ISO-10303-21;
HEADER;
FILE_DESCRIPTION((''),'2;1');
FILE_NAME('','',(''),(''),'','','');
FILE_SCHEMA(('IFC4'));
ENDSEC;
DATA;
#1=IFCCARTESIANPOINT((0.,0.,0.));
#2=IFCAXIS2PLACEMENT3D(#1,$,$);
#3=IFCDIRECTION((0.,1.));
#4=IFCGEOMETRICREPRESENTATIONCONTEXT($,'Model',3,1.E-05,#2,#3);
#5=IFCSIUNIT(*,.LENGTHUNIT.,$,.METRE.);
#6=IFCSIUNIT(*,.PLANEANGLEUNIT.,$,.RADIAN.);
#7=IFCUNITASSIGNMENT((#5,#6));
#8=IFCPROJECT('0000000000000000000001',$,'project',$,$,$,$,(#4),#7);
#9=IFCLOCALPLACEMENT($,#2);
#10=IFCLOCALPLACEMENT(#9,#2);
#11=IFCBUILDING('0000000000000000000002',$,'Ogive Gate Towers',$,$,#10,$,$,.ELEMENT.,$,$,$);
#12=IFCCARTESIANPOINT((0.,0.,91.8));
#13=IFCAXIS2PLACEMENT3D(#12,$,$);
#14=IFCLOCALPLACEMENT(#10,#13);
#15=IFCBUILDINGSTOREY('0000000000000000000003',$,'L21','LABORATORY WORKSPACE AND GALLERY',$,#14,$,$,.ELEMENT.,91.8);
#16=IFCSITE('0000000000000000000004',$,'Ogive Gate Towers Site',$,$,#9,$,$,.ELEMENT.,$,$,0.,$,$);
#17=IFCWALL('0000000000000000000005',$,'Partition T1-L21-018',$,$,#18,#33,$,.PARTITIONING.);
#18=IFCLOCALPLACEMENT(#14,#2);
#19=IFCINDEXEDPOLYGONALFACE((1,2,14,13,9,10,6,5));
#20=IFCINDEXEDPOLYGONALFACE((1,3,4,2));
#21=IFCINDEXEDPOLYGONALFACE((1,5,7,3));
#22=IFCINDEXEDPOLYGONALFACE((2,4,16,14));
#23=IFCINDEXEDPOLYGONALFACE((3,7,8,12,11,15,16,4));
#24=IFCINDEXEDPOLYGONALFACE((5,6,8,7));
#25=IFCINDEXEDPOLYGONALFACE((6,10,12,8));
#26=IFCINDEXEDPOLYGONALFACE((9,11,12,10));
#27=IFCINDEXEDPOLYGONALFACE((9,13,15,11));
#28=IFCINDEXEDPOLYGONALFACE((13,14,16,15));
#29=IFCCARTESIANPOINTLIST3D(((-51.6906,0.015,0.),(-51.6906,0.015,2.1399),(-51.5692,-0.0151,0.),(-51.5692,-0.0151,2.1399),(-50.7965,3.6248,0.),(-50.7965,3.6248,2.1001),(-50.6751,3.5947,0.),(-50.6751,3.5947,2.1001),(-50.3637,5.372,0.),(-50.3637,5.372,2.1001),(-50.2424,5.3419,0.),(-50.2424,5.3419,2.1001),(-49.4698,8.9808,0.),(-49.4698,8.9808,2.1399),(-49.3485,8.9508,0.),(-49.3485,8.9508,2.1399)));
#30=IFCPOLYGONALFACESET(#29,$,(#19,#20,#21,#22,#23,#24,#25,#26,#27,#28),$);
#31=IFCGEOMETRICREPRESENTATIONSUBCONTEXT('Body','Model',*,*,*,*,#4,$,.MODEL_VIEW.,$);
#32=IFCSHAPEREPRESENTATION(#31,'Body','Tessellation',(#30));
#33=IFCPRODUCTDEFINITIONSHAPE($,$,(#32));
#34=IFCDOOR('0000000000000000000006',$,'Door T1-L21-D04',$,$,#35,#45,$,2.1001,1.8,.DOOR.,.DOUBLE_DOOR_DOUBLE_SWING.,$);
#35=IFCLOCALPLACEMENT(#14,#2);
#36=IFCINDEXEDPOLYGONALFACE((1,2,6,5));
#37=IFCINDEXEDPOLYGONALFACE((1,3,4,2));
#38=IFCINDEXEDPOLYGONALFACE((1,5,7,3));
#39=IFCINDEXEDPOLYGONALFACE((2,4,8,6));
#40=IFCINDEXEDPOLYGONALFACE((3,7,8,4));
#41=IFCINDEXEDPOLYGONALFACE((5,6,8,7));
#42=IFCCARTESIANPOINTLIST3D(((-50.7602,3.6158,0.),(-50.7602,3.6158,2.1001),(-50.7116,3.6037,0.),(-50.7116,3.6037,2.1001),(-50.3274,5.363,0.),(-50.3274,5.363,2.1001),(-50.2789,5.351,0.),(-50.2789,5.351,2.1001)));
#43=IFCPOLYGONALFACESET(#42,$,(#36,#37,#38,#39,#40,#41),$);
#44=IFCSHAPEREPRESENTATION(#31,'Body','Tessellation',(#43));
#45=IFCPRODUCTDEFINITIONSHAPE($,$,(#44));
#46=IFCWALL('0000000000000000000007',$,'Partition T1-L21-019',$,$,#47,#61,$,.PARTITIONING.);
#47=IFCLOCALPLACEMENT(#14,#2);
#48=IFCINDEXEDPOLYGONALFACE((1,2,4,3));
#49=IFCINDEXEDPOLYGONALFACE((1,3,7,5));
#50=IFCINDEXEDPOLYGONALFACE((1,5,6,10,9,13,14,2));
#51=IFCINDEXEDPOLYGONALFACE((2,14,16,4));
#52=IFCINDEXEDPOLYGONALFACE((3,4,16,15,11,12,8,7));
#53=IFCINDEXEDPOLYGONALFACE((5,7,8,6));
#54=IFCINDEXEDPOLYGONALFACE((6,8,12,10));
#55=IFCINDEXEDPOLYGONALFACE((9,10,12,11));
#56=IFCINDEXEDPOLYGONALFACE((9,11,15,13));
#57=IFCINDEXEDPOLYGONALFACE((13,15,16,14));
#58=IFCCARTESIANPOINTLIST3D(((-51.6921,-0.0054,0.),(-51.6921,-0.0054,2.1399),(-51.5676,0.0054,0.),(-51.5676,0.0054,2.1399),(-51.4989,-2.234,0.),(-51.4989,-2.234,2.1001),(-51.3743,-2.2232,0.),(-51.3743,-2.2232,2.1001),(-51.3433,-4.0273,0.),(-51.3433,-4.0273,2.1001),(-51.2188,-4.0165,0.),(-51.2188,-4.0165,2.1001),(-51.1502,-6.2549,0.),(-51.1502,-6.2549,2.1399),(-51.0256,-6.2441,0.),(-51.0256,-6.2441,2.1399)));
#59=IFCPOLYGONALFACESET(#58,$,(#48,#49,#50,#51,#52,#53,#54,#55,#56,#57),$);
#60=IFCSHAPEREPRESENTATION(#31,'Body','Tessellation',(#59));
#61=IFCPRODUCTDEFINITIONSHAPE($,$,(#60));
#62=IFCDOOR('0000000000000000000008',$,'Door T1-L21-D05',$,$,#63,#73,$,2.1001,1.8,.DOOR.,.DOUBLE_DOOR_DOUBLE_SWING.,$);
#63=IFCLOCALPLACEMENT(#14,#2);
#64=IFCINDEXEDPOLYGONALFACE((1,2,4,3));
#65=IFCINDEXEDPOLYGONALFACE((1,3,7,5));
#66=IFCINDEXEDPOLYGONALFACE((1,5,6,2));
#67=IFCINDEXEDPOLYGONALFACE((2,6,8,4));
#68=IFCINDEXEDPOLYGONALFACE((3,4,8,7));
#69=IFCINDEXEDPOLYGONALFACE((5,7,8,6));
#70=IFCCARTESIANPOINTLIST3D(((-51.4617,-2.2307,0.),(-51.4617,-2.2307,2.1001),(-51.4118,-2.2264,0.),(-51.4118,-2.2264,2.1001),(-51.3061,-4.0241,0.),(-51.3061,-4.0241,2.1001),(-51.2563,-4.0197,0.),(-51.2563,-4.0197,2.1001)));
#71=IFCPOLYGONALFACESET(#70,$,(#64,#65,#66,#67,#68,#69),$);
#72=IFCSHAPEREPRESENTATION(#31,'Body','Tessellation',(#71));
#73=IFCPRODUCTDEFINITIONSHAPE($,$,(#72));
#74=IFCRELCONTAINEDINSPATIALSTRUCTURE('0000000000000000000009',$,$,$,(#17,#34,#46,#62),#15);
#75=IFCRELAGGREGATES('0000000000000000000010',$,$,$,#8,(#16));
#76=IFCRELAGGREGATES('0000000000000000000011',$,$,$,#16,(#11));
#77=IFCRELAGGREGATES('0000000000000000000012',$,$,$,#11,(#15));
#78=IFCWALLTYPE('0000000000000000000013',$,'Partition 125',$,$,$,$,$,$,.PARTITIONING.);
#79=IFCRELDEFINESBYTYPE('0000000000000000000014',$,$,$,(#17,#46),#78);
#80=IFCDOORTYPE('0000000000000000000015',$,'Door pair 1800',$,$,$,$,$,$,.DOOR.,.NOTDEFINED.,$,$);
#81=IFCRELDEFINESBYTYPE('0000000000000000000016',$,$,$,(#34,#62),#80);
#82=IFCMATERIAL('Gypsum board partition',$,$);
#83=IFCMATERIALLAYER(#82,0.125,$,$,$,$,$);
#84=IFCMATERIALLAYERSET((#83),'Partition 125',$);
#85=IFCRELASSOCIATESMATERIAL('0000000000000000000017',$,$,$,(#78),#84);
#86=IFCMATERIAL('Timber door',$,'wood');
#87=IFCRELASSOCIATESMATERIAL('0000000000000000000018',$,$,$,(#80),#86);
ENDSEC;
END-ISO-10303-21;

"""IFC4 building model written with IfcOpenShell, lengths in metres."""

from ifc_helpers import new_model, si_unit, direction, frame, frame_2d, origin, place, context, subcontext, project, spatial, rectangle, extrude, material, layer, layer_set, type_object, element, fill, save


model = new_model("IFC4")

# Units and contexts
model_context = context("Model", 3, precision=1e-05, world=origin(), true_north=direction((0.0, 1.0)))
body_context = subcontext(model_context, "Body", "Model", "MODEL_VIEW")
ifc_project = project(units=[si_unit("LENGTHUNIT", "METRE"), si_unit("PLANEANGLEUNIT", "RADIAN")], contexts=[model_context])

# Site, building, storey
site_placement = place(None, origin())
site = spatial("IfcSite", under=ifc_project, at=site_placement, Name="Ogive Gate Towers Site", CompositionType="ELEMENT", RefElevation=0.0)
building_placement = place(site_placement, origin())
building = spatial("IfcBuilding", under=site, at=building_placement, Name="Ogive Gate Towers", CompositionType="ELEMENT")
storey_placement = place(building_placement, frame((0.0, 0.0, 91.8)))
storey = spatial("IfcBuildingStorey", under=building, at=storey_placement, Name="L21", Description="LABORATORY WORKSPACE AND GALLERY", CompositionType="ELEMENT", Elevation=91.8)

# Shared definitions
ifc_material_1 = material(Name="Gypsum board partition")
ifc_layer_1 = layer(ifc_material_1, 0.125)
ifc_layer_set_1 = layer_set([ifc_layer_1], Name="Partition 125")
wall_type_1 = type_object("IfcWallType", Name="Partition 125", PredefinedType="PARTITIONING", material=ifc_layer_set_1)

# Walls, openings, doors
wall_1_placement = place(storey_placement, frame((-49.4092, 8.9658, 0.0), z_axis=(0.0, 0.0, 1.0), x_axis=(-0.240421, -0.970669, 0.0)))
wall_1 = element("IfcWall", 1, at=wall_1_placement, inside=storey, type_object=wall_type_1, Name="Partition T1-L21-018", PredefinedType="PARTITIONING", context=body_context, shape_type="SweptSolid", body=[
    extrude(rectangle(XDim=9.2368, YDim=0.125, at=frame_2d((4.6184, 0.0))), origin(), (0.0, 0.0, 1.0), 2.1399),
])
opening_1_placement = place(wall_1_placement, frame((3.718, 0.0, 0.0)))
opening_1 = element("IfcOpeningElement", 2, at=opening_1_placement, cuts=wall_1, PredefinedType="OPENING", context=body_context, shape_type="SweptSolid", body=[
    extrude(rectangle(XDim=1.8, YDim=2.1001, at=frame_2d((0.8999, 1.05))), frame((0.0, 0.0725, 0.0), z_axis=(0.0, -1.0, 0.0), x_axis=(1.0, 0.0, 0.0)), (0.0, 0.0, 1.0), 0.145),
])
ifc_material_2 = material(Name="Timber door", Category="wood")
door_type_1 = type_object("IfcDoorType", Name="Door pair 1800", OperationType="NOTDEFINED", PredefinedType="DOOR", material=ifc_material_2)
door_1_placement = place(opening_1_placement, origin())
door_1 = element("IfcDoor", 3, at=door_1_placement, inside=storey, type_object=door_type_1, Name="Door T1-L21-D04", OperationType="DOUBLE_DOOR_DOUBLE_SWING", OverallHeight=2.1001, OverallWidth=1.8, PredefinedType="DOOR", context=body_context, shape_type="SweptSolid", body=[
    extrude(rectangle(XDim=1.8, YDim=2.1001, at=frame_2d((0.8999, 1.05))), frame((0.0, 0.0249, 0.0), z_axis=(0.0, -1.0, 0.0), x_axis=(1.0, 0.0, 0.0)), (0.0, 0.0, 1.0), 0.05),
])
fill(opening_1, door_1)
wall_2_placement = place(storey_placement, frame((-51.6299, 0.0, 0.0), z_axis=(0.0, 0.0, 1.0), x_axis=(0.086401, -0.99626, 0.0)))
wall_2 = element("IfcWall", 4, at=wall_2_placement, inside=storey, type_object=wall_type_1, Name="Partition T1-L21-019", PredefinedType="PARTITIONING", context=body_context, shape_type="SweptSolid", body=[
    extrude(rectangle(XDim=6.2729, YDim=0.125, at=frame_2d((3.1365, 0.0))), origin(), (0.0, 0.0, 1.0), 2.1399),
])
opening_2_placement = place(wall_2_placement, frame((2.2371, 0.0, 0.0)))
opening_2 = element("IfcOpeningElement", 5, at=opening_2_placement, cuts=wall_2, PredefinedType="OPENING", context=body_context, shape_type="SweptSolid", body=[
    extrude(rectangle(XDim=1.8, YDim=2.1001, at=frame_2d((0.8999, 1.05))), frame((0.0, 0.0725, 0.0), z_axis=(0.0, -1.0, 0.0), x_axis=(1.0, 0.0, 0.0)), (0.0, 0.0, 1.0), 0.145),
])
door_2_placement = place(opening_2_placement, origin())
door_2 = element("IfcDoor", 6, at=door_2_placement, inside=storey, type_object=door_type_1, Name="Door T1-L21-D05", OperationType="DOUBLE_DOOR_DOUBLE_SWING", OverallHeight=2.1001, OverallWidth=1.8, PredefinedType="DOOR", context=body_context, shape_type="SweptSolid", body=[
    extrude(rectangle(XDim=1.8, YDim=2.1001, at=frame_2d((0.8999, 1.05))), frame((0.0, 0.0249, 0.0), z_axis=(0.0, -1.0, 0.0), x_axis=(1.0, 0.0, 0.0)), (0.0, 0.0, 1.0), 0.05),
])
fill(opening_2, door_2)

save(model, "model.ifc")
